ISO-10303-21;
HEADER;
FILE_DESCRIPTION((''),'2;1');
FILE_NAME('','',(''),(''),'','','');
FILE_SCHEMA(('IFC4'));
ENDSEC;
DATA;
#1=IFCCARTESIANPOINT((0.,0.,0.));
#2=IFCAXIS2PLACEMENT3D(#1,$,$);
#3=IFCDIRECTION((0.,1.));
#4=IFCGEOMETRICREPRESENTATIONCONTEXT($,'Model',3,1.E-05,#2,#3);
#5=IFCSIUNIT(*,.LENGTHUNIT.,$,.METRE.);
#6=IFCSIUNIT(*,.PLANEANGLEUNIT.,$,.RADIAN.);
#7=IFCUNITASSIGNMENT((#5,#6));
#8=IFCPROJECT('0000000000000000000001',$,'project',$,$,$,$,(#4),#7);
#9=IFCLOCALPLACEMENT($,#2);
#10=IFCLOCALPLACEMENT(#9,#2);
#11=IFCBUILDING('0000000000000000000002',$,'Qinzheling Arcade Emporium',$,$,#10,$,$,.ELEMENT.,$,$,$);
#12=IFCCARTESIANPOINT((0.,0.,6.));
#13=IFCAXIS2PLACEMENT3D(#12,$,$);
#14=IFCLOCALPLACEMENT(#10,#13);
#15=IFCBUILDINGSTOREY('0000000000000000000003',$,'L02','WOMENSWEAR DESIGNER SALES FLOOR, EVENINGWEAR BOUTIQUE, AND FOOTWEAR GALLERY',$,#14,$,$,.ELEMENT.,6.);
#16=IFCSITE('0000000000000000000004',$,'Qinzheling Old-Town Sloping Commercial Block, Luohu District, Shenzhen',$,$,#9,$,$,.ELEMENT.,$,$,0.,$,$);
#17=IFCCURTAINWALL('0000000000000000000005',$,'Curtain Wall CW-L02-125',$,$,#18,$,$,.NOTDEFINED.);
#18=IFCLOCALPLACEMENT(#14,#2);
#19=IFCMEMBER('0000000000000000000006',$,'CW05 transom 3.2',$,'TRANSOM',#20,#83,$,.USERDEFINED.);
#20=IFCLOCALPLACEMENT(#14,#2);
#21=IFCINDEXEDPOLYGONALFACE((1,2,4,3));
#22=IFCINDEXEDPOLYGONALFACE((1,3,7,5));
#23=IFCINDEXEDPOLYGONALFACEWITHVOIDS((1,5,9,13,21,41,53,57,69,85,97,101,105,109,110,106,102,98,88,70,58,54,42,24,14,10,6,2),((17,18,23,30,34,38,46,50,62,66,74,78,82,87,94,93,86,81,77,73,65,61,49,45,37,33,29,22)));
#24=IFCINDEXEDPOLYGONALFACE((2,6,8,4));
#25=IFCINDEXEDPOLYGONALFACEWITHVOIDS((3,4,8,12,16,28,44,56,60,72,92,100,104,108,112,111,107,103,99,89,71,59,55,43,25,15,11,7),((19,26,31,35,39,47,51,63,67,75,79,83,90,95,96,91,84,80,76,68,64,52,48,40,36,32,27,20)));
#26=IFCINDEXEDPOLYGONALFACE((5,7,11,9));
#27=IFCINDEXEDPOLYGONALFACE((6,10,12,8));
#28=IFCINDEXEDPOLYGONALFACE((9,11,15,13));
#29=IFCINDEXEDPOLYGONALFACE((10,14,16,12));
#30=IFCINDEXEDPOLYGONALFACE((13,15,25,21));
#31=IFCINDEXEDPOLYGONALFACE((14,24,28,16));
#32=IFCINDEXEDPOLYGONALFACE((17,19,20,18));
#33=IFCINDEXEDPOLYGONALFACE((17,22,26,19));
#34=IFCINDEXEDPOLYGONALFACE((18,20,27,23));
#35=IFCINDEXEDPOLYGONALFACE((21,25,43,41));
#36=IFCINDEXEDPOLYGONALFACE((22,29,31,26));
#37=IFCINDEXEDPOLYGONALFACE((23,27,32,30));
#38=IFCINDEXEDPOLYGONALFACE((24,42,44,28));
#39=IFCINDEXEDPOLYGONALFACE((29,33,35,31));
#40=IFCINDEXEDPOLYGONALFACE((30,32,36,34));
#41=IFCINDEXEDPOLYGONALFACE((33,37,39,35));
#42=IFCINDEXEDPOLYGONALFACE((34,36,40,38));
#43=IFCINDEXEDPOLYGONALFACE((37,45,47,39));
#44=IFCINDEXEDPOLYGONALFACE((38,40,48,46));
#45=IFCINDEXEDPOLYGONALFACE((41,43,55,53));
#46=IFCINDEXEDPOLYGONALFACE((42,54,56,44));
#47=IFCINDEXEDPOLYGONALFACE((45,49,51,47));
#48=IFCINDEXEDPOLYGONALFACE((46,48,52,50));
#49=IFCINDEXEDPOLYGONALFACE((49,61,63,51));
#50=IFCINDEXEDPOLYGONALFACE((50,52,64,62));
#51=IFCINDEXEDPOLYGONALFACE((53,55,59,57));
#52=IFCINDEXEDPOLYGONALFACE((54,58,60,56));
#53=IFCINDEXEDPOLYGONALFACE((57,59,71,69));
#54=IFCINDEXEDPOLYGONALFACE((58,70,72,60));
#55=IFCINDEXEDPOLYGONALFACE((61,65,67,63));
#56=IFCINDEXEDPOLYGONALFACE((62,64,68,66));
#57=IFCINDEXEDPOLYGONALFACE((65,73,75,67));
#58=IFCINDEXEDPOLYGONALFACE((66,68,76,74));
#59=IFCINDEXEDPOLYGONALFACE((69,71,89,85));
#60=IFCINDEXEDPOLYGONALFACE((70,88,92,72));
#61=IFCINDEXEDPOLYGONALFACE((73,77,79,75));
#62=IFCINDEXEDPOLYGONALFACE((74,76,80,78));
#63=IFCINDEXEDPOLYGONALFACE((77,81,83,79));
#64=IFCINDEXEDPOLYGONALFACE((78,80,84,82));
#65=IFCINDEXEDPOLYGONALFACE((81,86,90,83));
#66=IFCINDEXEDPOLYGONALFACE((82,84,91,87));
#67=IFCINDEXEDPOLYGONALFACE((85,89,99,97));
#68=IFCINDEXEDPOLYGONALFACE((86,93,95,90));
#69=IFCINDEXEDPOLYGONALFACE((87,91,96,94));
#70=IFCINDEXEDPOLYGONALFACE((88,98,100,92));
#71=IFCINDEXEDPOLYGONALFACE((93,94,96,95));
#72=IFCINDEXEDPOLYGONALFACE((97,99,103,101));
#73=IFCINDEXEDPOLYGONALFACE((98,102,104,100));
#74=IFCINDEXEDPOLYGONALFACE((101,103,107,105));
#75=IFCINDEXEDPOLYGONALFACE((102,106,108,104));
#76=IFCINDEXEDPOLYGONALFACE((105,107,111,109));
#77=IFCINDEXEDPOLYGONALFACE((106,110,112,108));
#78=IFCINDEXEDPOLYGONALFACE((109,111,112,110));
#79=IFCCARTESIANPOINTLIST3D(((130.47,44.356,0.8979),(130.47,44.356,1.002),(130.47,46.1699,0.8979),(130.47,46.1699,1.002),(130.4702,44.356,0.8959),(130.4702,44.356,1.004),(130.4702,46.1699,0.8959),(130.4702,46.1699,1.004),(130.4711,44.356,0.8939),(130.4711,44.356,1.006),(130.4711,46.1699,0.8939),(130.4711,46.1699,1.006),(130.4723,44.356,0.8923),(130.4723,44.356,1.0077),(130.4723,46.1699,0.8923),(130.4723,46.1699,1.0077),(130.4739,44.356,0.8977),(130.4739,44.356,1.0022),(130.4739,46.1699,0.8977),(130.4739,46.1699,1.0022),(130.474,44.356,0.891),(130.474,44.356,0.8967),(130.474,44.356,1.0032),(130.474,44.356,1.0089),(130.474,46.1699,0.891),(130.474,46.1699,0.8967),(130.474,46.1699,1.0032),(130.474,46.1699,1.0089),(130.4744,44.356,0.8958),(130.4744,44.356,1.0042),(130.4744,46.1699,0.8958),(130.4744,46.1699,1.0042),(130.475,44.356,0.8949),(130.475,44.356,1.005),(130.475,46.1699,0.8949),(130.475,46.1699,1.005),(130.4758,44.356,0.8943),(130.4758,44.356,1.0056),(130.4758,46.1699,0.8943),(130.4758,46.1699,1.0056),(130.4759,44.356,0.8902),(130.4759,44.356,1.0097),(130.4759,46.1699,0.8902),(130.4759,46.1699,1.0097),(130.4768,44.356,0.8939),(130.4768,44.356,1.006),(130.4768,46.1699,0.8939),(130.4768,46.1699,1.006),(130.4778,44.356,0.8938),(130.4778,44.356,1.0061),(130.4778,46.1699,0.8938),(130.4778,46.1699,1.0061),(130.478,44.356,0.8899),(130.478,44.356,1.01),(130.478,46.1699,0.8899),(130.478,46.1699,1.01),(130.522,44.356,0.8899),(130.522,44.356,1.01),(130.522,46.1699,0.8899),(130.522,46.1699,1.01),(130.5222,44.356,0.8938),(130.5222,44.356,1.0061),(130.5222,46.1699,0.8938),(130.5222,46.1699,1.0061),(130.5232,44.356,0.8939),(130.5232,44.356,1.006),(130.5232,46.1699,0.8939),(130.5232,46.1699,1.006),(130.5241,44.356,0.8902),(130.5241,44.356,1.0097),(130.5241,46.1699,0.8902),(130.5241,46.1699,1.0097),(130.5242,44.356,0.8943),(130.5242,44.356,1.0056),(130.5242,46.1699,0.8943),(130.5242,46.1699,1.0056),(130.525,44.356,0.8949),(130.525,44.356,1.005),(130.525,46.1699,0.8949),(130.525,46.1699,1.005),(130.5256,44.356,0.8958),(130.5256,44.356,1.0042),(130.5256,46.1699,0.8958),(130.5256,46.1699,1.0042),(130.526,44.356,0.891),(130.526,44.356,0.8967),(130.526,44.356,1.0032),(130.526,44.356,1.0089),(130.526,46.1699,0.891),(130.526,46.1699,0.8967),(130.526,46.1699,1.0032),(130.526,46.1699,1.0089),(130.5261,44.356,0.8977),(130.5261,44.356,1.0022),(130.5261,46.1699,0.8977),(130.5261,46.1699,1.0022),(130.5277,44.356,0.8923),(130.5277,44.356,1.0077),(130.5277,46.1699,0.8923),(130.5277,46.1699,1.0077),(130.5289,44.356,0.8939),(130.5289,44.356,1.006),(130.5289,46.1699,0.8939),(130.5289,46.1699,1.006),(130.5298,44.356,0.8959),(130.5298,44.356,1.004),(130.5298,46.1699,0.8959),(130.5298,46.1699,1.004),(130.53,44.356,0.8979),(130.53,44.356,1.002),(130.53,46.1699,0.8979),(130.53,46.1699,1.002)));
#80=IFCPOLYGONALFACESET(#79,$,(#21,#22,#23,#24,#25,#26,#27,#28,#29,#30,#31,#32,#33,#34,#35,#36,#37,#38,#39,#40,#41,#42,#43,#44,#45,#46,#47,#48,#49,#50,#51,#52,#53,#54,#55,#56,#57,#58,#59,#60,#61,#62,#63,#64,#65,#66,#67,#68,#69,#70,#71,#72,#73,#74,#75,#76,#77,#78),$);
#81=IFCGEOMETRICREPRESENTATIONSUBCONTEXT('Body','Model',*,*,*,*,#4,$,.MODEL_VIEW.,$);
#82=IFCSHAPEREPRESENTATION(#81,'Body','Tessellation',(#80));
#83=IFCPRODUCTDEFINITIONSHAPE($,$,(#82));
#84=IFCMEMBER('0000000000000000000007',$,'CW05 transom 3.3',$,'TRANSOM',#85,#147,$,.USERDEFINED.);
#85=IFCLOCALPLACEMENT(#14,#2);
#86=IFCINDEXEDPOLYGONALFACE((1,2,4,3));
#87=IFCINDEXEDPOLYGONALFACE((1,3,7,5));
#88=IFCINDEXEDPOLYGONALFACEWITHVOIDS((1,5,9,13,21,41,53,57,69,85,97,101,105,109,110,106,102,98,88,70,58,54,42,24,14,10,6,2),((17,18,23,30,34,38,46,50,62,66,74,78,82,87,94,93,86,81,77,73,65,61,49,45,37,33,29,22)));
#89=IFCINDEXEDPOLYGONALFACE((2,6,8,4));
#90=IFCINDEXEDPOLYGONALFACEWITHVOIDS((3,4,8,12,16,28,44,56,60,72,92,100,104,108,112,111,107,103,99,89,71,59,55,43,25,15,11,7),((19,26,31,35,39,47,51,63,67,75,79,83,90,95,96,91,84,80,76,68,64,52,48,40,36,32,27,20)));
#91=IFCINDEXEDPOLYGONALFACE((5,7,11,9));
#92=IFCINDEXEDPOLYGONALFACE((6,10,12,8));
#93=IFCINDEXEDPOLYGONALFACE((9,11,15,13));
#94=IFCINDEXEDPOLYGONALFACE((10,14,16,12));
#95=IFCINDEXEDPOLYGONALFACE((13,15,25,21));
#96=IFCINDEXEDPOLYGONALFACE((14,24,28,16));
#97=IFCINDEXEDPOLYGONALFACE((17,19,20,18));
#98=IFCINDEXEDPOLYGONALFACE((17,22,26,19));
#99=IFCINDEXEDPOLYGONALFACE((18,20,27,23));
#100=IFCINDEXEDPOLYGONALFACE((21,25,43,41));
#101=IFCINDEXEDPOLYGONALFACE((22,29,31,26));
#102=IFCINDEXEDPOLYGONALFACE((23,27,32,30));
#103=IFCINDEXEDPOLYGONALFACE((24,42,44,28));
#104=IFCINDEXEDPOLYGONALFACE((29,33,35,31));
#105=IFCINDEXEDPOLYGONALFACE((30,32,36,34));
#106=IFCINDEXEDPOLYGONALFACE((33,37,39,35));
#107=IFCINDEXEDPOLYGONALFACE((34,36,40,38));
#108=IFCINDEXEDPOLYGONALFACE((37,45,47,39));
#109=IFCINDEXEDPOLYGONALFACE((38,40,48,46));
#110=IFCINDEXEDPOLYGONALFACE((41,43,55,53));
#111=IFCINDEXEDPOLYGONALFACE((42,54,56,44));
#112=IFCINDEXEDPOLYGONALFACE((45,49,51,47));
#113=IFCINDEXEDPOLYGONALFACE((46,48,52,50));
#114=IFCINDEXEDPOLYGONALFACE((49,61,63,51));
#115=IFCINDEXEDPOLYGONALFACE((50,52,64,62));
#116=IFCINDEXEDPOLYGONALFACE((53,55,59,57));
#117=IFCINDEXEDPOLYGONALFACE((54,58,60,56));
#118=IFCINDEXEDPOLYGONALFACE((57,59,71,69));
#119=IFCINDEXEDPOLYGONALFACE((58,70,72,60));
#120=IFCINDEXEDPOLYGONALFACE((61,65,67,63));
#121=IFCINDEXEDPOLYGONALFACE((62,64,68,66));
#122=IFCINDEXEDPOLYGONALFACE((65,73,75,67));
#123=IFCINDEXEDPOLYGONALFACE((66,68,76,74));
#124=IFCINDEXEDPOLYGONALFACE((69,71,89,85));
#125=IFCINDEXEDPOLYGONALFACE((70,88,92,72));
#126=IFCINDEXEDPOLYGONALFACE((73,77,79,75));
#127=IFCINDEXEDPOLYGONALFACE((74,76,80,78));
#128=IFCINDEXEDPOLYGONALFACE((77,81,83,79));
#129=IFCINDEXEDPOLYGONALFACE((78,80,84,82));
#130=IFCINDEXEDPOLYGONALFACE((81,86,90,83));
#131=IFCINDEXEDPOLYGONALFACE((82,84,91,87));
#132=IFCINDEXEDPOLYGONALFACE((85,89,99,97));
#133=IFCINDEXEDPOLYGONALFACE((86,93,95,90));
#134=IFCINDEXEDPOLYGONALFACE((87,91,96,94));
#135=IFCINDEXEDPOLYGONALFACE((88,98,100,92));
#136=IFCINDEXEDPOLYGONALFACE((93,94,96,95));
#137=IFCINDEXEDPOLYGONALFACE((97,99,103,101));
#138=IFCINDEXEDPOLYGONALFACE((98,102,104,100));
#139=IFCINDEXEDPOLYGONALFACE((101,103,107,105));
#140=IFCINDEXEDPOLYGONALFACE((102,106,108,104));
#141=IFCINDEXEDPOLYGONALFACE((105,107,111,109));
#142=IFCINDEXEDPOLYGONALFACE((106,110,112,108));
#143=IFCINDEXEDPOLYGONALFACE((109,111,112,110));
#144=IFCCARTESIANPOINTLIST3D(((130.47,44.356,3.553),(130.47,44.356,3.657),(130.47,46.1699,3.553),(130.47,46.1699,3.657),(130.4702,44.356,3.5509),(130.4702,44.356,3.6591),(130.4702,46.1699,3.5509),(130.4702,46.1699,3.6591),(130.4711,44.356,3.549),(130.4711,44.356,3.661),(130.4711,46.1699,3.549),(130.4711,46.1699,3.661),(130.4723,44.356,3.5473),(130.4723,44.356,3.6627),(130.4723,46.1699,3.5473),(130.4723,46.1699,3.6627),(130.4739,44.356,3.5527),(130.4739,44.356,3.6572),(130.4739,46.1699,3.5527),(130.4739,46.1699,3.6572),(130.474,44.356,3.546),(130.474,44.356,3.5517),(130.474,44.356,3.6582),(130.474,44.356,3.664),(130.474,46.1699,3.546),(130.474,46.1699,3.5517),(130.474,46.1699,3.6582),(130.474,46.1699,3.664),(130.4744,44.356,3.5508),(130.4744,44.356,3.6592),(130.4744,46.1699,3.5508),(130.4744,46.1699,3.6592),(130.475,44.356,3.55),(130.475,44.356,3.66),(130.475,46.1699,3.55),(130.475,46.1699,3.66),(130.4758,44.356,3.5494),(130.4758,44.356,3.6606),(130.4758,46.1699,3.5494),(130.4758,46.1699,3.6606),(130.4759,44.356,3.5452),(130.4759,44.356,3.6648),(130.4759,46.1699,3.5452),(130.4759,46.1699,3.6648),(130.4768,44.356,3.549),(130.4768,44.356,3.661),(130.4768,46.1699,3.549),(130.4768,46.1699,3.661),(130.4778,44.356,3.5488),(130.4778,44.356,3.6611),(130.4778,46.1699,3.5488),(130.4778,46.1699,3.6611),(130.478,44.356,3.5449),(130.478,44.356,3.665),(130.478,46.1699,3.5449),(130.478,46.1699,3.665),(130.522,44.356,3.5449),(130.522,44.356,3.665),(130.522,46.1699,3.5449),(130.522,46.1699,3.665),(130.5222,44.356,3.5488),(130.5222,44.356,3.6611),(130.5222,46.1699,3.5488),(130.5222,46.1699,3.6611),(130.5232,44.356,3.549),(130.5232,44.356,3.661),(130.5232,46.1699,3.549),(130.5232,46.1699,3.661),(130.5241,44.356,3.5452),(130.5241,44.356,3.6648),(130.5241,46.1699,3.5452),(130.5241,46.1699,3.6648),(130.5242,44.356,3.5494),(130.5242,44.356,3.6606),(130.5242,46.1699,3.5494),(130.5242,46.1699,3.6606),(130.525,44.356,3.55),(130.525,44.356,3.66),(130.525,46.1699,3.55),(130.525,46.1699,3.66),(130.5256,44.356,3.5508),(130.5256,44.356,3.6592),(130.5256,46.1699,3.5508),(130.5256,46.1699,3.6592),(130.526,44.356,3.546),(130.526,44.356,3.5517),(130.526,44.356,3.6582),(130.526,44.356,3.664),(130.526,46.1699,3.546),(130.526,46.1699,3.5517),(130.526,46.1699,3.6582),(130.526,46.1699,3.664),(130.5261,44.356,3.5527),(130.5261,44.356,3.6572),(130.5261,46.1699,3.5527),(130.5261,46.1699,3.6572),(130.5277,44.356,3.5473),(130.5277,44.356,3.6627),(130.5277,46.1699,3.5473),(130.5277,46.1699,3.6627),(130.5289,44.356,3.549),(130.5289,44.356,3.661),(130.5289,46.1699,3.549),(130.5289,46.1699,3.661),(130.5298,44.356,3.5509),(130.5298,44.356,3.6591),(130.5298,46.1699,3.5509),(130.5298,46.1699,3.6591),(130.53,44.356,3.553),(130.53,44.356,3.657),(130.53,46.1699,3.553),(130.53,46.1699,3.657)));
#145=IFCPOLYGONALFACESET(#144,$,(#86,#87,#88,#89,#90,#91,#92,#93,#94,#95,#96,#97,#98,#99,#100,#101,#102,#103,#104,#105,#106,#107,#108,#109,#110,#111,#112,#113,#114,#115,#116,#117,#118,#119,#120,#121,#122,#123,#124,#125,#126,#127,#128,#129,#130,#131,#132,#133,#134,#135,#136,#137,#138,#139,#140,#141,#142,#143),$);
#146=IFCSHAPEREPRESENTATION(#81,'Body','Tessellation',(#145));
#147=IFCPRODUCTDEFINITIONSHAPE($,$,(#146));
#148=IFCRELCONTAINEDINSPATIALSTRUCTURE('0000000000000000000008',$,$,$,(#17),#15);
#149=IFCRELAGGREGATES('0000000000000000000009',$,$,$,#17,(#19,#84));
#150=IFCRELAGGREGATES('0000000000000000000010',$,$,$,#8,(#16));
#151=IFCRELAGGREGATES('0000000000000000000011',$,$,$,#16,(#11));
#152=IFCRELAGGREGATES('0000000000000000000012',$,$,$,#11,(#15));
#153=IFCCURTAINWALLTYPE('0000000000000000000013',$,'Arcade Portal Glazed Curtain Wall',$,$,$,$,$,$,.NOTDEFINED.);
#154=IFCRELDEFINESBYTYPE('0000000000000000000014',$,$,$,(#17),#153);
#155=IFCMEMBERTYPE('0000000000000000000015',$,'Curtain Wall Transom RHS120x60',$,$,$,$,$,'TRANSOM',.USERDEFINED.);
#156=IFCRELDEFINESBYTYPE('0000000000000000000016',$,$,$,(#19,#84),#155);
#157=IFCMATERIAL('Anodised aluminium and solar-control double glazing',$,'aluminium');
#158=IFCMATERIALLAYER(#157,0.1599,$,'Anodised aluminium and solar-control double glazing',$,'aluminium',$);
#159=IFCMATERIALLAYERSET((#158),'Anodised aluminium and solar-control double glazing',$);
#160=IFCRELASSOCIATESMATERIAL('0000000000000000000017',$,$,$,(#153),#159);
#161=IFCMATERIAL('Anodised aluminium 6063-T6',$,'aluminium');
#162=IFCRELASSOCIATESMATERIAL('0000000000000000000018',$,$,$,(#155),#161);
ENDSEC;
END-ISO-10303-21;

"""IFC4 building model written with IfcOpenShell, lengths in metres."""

from ifc_helpers import new_model, si_unit, direction, frame, origin, origin_2d, place, context, subcontext, project, spatial, hollow_rectangle, extrude, material, layer, layer_set, material_profile, profile_set, type_object, element, aggregate, save


model = new_model("IFC4")

# Units and contexts
model_context = context("Model", 3, precision=1e-05, world=origin(), true_north=direction((0.0, 1.0)))
body_context = subcontext(model_context, "Body", "Model", "MODEL_VIEW")
ifc_project = project(units=[si_unit("LENGTHUNIT", "METRE"), si_unit("PLANEANGLEUNIT", "RADIAN")], contexts=[model_context])

# Site, building, storey
site_placement = place(None, origin())
site = spatial("IfcSite", under=ifc_project, at=site_placement, Name="Qinzheling Old-Town Sloping Commercial Block, Luohu District, Shenzhen", CompositionType="ELEMENT", RefElevation=0.0)
building_placement = place(site_placement, origin())
building = spatial("IfcBuilding", under=site, at=building_placement, Name="Qinzheling Arcade Emporium", CompositionType="ELEMENT")
storey_placement = place(building_placement, frame((0.0, 0.0, 6.0)))
storey = spatial("IfcBuildingStorey", under=building, at=storey_placement, Name="L02", Description="WOMENSWEAR DESIGNER SALES FLOOR, EVENINGWEAR BOUTIQUE, AND FOOTWEAR GALLERY", CompositionType="ELEMENT", Elevation=6.0)

# Curtain wall, members
ifc_material_1 = material(Name="Anodised aluminium and solar-control double glazing", Category="aluminium")
ifc_layer_1 = layer(ifc_material_1, 0.1599, Name="Anodised aluminium and solar-control double glazing", Category="aluminium")
ifc_layer_set_1 = layer_set([ifc_layer_1], Name="Anodised aluminium and solar-control double glazing")
curtain_wall_type = type_object("IfcCurtainWallType", Name="Arcade Portal Glazed Curtain Wall", PredefinedType="NOTDEFINED", material=ifc_layer_set_1)
curtain_wall_placement = place(storey_placement, origin())
curtain_wall = element("IfcCurtainWall", 1, at=curtain_wall_placement, inside=storey, type_object=curtain_wall_type, Name="Curtain Wall CW-L02-125", PredefinedType="NOTDEFINED")
ifc_material_2 = material(Name="Anodised aluminium 6063-T6", Category="aluminium")
ifc_material_profile_1 = material_profile(ifc_material_2, hollow_rectangle(XDim=0.0601, YDim=0.1201, WallThickness=0.0039, InnerFilletRadius=0.0039, OuterFilletRadius=0.0081, at=origin_2d()), Name="RHS 120x60x4", Category="aluminium")
ifc_profile_set_1 = profile_set([ifc_material_profile_1], Name="Anodised aluminium 6063-T6")
member_type_1 = type_object("IfcMemberType", Name="Curtain Wall Transom RHS120x60", ElementType="TRANSOM", PredefinedType="USERDEFINED", material=ifc_profile_set_1)
member_1_placement = place(storey_placement, frame((130.5, 46.1699, 0.95), z_axis=(0.0, -1.0, 0.0), x_axis=(1.0, 0.0, 0.0)))
member_1 = element("IfcMember", 2, at=member_1_placement, type_object=member_type_1, Name="CW05 transom 3.2", ObjectType="TRANSOM", PredefinedType="USERDEFINED", context=body_context, shape_type="SweptSolid", body=[
    extrude(hollow_rectangle(XDim=0.0601, YDim=0.1201, WallThickness=0.0039, InnerFilletRadius=0.0039, OuterFilletRadius=0.0081, at=origin_2d()), origin(), (0.0, 0.0, 1.0), 1.814),
])
member_2_placement = place(storey_placement, frame((130.5, 46.1699, 3.605), z_axis=(0.0, -1.0, 0.0), x_axis=(1.0, 0.0, 0.0)))
member_2 = element("IfcMember", 3, at=member_2_placement, type_object=member_type_1, Name="CW05 transom 3.3", ObjectType="TRANSOM", PredefinedType="USERDEFINED", context=body_context, shape_type="SweptSolid", body=[
    extrude(hollow_rectangle(XDim=0.0601, YDim=0.1201, WallThickness=0.0039, InnerFilletRadius=0.0039, OuterFilletRadius=0.0081, at=origin_2d()), origin(), (0.0, 0.0, 1.0), 1.814),
])

aggregate(curtain_wall, [member_1, member_2])

save(model, "model.ifc")
